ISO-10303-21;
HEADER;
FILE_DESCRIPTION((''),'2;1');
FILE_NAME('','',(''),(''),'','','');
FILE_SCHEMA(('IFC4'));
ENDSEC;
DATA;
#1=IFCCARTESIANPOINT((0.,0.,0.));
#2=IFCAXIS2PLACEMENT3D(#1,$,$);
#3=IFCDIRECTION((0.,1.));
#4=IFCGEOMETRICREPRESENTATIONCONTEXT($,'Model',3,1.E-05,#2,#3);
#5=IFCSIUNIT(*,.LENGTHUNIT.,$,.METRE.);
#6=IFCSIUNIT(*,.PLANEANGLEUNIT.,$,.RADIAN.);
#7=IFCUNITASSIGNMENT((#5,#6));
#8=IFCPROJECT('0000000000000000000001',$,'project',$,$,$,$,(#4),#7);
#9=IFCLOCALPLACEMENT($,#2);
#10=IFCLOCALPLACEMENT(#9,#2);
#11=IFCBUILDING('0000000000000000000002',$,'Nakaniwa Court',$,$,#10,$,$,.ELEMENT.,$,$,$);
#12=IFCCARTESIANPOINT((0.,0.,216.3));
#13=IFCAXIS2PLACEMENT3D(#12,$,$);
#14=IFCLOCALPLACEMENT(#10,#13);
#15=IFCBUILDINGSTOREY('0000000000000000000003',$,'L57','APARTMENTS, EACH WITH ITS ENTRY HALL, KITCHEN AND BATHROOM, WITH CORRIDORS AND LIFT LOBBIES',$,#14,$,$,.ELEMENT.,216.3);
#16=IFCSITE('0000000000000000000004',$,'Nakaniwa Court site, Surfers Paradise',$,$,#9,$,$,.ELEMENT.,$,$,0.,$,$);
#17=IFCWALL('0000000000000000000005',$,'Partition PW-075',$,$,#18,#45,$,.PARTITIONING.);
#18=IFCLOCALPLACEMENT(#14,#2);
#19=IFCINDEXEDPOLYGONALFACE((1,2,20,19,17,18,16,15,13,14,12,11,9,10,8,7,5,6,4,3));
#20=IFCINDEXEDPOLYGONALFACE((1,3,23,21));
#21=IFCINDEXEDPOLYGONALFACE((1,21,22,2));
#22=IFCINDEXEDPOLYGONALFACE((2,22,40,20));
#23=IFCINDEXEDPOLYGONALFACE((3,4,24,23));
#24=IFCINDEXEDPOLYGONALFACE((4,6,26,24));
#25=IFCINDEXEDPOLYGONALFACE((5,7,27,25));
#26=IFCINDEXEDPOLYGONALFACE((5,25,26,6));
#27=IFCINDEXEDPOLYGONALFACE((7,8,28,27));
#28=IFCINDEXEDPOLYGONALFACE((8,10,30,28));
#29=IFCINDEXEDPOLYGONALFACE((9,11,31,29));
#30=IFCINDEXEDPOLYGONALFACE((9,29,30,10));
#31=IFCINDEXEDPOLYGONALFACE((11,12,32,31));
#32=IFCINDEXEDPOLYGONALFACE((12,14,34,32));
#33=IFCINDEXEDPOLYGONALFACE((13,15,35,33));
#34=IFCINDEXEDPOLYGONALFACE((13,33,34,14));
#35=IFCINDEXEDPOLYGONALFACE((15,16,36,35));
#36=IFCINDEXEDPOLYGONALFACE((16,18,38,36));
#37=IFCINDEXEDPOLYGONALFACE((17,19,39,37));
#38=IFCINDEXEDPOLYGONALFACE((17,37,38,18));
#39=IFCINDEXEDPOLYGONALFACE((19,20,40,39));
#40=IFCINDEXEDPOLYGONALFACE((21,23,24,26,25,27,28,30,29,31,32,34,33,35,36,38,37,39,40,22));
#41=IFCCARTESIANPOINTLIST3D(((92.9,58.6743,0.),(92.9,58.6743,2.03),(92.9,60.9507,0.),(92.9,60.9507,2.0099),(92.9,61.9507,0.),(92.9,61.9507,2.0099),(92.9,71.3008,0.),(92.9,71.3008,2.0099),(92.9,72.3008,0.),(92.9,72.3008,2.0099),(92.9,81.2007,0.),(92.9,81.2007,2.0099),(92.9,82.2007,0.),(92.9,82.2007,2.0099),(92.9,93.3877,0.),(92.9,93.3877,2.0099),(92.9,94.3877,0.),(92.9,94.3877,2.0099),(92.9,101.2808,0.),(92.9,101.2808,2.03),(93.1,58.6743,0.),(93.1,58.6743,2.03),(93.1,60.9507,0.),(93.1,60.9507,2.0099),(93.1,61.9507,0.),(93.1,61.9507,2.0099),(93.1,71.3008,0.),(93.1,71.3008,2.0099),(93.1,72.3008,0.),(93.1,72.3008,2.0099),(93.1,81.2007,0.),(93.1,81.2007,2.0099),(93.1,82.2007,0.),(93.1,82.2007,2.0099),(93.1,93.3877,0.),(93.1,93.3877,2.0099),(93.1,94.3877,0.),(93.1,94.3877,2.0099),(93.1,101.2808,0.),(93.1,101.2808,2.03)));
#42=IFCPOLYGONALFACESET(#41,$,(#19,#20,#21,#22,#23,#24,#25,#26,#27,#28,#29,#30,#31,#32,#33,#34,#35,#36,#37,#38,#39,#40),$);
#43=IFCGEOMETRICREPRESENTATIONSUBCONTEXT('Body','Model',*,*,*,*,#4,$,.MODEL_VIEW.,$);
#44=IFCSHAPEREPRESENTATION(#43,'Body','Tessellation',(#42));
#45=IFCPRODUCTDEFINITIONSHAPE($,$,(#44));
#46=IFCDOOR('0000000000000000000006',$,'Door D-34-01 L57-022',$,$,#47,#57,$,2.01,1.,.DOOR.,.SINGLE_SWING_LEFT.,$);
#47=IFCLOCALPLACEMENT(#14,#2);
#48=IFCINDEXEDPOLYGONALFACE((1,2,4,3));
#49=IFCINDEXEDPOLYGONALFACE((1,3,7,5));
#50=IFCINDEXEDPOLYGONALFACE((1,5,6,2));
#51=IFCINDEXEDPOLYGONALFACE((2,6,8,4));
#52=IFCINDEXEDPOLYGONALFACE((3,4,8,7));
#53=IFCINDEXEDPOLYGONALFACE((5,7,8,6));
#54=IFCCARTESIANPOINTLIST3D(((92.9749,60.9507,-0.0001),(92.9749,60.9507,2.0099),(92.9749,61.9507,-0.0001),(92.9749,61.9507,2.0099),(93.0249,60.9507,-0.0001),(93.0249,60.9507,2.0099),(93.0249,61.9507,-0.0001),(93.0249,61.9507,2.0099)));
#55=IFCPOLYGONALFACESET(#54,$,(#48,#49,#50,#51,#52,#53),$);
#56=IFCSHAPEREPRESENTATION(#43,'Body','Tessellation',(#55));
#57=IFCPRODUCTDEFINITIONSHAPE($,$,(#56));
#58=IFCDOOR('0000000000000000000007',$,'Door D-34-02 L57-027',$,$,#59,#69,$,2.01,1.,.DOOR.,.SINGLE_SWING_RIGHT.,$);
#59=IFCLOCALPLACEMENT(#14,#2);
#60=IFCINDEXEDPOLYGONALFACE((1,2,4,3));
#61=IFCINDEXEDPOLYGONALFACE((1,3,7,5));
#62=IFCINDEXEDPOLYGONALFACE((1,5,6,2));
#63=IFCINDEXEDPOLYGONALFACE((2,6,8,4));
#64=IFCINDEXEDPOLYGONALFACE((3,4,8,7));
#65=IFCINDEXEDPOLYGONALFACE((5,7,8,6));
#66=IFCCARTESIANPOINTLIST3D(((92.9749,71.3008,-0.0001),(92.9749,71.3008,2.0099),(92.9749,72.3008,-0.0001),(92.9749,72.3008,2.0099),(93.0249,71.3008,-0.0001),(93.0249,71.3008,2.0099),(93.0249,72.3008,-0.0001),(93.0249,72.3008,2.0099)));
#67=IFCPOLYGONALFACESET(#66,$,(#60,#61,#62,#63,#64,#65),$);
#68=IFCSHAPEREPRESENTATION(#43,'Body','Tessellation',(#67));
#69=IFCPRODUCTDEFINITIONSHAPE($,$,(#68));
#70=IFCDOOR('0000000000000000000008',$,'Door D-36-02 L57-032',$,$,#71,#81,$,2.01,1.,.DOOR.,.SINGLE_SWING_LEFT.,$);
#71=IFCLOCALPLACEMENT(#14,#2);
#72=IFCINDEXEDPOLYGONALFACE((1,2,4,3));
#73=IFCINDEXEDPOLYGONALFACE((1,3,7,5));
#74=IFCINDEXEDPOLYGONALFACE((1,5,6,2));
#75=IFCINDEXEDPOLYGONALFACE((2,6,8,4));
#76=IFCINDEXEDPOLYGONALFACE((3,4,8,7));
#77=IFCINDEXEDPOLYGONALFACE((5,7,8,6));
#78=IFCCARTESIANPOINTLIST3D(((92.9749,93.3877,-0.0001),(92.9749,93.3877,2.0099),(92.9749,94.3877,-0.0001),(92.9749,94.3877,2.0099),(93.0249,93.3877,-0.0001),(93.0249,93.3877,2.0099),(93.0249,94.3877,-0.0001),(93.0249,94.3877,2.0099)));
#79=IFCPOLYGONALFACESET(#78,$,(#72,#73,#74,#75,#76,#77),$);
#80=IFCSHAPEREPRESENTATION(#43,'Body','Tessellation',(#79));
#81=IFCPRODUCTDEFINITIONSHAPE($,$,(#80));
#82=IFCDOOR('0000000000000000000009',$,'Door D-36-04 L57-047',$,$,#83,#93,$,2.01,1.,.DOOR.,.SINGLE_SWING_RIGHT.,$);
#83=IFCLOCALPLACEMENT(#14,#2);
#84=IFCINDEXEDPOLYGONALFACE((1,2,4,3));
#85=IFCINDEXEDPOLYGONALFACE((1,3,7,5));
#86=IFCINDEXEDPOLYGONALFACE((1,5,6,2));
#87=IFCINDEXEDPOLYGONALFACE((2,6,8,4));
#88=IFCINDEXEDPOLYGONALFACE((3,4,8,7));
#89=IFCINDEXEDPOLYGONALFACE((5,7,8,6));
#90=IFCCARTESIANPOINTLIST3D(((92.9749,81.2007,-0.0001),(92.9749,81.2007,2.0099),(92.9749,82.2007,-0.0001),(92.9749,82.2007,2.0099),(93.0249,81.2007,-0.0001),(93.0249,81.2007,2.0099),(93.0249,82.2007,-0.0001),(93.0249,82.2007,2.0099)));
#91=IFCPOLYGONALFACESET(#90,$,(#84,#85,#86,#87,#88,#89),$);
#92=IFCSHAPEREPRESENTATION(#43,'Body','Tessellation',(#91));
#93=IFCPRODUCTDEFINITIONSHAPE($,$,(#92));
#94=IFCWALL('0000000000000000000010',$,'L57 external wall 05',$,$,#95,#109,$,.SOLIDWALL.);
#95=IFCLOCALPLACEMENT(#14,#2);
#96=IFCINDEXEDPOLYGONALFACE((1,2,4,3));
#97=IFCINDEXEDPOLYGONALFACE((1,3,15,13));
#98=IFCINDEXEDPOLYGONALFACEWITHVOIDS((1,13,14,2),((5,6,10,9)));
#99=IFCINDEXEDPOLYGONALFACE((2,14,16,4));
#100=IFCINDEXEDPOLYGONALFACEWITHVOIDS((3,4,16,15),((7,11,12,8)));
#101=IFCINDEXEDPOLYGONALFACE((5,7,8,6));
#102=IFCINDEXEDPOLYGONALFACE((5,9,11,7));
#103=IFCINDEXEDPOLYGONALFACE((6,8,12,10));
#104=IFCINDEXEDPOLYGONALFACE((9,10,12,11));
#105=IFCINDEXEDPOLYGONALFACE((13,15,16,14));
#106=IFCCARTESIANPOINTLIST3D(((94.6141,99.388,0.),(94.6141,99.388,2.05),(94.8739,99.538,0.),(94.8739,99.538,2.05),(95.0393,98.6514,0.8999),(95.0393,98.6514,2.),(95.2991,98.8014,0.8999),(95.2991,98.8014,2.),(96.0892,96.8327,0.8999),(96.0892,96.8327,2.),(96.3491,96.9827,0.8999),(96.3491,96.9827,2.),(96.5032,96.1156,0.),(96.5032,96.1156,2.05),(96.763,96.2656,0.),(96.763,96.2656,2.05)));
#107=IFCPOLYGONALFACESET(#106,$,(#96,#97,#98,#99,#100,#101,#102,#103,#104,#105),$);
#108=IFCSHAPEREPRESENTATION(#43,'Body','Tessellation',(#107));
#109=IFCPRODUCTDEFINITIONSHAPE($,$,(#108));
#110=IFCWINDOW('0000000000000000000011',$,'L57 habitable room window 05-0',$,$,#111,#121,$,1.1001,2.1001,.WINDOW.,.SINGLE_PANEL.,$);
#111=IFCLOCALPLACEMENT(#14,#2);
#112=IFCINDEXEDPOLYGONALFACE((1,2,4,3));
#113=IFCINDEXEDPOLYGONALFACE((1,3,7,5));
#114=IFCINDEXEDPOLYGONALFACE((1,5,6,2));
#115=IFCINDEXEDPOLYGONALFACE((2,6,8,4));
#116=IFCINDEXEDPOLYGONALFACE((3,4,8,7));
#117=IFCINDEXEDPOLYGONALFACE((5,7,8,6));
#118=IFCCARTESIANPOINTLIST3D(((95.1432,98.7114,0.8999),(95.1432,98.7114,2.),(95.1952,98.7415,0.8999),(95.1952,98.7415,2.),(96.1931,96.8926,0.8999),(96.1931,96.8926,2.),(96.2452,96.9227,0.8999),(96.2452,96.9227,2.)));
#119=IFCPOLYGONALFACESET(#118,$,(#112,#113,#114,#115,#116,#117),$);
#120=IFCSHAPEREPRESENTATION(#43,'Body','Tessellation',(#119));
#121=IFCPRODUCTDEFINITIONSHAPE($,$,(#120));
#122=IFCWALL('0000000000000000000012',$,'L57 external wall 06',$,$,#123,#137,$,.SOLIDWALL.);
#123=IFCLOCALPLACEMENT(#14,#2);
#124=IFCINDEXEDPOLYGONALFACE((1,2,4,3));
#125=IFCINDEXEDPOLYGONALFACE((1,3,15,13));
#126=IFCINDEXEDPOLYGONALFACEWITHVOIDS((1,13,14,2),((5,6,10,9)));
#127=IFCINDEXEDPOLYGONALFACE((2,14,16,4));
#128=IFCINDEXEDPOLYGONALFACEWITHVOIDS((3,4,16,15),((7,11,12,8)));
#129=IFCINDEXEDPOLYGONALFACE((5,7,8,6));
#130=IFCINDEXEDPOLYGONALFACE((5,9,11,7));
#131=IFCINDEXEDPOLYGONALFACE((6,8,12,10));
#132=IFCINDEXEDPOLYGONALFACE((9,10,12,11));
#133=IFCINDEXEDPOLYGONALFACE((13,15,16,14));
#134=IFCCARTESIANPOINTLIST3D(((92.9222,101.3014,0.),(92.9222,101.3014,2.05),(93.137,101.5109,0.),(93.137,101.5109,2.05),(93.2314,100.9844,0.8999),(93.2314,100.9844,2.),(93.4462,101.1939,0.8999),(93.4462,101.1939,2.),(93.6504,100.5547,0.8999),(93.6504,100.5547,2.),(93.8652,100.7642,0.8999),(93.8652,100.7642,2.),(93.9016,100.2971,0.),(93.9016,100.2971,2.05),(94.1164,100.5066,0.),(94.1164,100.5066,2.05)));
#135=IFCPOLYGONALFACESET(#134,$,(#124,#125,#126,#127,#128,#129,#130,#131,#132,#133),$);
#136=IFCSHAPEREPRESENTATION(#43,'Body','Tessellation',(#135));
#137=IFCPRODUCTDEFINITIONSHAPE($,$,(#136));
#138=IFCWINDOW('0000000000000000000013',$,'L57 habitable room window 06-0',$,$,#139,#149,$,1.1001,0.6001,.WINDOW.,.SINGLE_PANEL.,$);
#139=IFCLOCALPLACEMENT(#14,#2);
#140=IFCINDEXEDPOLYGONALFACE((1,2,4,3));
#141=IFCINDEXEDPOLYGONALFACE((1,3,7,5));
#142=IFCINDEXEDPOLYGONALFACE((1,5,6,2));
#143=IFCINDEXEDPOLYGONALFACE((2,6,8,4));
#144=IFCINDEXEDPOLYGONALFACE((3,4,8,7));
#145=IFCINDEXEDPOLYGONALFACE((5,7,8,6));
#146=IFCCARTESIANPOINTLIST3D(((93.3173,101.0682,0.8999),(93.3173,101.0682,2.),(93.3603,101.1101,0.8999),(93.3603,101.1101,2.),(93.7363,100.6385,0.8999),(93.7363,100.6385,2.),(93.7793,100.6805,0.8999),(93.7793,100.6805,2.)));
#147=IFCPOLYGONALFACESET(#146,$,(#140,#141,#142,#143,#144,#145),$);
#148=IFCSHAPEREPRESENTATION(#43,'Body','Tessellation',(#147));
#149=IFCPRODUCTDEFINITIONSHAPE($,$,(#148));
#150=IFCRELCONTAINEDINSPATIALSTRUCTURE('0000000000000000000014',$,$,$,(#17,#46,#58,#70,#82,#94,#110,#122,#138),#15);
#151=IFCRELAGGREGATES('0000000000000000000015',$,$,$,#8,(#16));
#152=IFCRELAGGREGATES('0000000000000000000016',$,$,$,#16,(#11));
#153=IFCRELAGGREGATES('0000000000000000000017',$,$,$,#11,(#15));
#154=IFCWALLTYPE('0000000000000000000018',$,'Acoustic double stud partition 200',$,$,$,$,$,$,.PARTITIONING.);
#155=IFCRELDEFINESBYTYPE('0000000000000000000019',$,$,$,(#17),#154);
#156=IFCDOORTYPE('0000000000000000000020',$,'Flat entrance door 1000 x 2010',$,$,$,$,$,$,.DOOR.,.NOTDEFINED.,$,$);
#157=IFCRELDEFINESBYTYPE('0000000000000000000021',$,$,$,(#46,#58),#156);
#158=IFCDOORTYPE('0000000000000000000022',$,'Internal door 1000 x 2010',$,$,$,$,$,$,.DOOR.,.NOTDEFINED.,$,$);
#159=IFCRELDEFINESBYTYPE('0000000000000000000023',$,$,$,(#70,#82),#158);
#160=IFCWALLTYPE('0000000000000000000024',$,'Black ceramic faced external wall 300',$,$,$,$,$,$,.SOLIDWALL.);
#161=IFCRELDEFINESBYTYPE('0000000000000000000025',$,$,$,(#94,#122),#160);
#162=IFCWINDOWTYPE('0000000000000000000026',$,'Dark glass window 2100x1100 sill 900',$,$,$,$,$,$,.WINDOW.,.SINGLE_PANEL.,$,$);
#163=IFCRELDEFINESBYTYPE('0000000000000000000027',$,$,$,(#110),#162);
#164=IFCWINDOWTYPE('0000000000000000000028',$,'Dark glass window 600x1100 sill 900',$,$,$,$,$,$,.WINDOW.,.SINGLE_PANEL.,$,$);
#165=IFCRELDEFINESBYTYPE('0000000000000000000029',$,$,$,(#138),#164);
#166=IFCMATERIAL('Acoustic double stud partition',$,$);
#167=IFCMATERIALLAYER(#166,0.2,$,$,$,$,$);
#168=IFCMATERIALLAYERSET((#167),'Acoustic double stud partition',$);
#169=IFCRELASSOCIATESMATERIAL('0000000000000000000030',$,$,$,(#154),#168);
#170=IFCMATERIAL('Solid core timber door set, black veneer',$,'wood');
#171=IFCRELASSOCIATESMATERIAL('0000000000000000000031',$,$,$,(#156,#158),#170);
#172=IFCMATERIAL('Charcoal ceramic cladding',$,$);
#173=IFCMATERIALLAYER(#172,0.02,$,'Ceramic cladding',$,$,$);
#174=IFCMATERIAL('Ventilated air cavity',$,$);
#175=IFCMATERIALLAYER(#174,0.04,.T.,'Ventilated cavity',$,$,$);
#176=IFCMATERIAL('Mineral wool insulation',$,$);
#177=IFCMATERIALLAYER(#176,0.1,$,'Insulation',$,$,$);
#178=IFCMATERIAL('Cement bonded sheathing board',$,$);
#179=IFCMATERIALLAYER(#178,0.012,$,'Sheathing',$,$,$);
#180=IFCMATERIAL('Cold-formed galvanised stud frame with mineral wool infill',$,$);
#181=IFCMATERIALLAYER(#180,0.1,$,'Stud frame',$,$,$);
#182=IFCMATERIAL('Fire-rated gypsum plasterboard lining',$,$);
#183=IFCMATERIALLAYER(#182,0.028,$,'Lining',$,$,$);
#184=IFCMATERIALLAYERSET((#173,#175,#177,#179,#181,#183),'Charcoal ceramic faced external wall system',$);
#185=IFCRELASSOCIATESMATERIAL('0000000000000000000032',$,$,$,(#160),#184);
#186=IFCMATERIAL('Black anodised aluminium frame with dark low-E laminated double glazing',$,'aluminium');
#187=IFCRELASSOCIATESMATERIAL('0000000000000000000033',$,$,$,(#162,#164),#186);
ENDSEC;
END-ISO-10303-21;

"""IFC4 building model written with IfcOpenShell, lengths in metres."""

from ifc_helpers import new_model, si_unit, direction, frame, frame_2d, origin, place, context, subcontext, project, spatial, rectangle, extrude, material, layer, layer_set, type_object, element, fill, save


model = new_model("IFC4")

# Units and contexts
model_context = context("Model", 3, precision=1e-05, world=origin(), true_north=direction((0.0, 1.0)))
body_context = subcontext(model_context, "Body", "Model", "MODEL_VIEW")
ifc_project = project(units=[si_unit("LENGTHUNIT", "METRE"), si_unit("PLANEANGLEUNIT", "RADIAN")], contexts=[model_context])

# Site, building, storey
site_placement = place(None, origin())
site = spatial("IfcSite", under=ifc_project, at=site_placement, Name="Nakaniwa Court site, Surfers Paradise", CompositionType="ELEMENT", RefElevation=0.0)
building_placement = place(site_placement, origin())
building = spatial("IfcBuilding", under=site, at=building_placement, Name="Nakaniwa Court", CompositionType="ELEMENT")
storey_placement = place(building_placement, frame((0.0, 0.0, 216.3)))
storey = spatial("IfcBuildingStorey", under=building, at=storey_placement, Name="L57", Description="APARTMENTS, EACH WITH ITS ENTRY HALL, KITCHEN AND BATHROOM, WITH CORRIDORS AND LIFT LOBBIES", CompositionType="ELEMENT", Elevation=216.3)

# Wall, openings, doors
ifc_material_1 = material(Name="Acoustic double stud partition")
ifc_layer_1 = layer(ifc_material_1, 0.2)
ifc_layer_set_1 = layer_set([ifc_layer_1], Name="Acoustic double stud partition")
wall_type_1 = type_object("IfcWallType", Name="Acoustic double stud partition 200", PredefinedType="PARTITIONING", material=ifc_layer_set_1)
wall_1_placement = place(storey_placement, frame((93.0, 101.2808, 0.0), z_axis=(0.0, 0.0, 1.0), x_axis=(0.0, -1.0, 0.0)))
wall_1 = element("IfcWall", 1, at=wall_1_placement, inside=storey, type_object=wall_type_1, Name="Partition PW-075", PredefinedType="PARTITIONING", context=body_context, shape_type="SweptSolid", body=[
    extrude(rectangle(XDim=42.6064, YDim=0.2, at=frame_2d((21.3032, 0.0))), origin(), (0.0, 0.0, 1.0), 2.03),
])
opening_1_placement = place(wall_1_placement, frame((39.3301, 0.0, 0.0)))
opening_1 = element("IfcOpeningElement", 2, at=opening_1_placement, cuts=wall_1, PredefinedType="OPENING", context=body_context, shape_type="SweptSolid", body=[
    extrude(rectangle(XDim=1.0, YDim=2.01, at=frame_2d((0.5, 1.0049))), frame((0.0, 0.1099, 0.0), z_axis=(0.0, -1.0, 0.0), x_axis=(1.0, 0.0, 0.0)), (0.0, 0.0, 1.0), 0.22),
])
opening_2_placement = place(wall_1_placement, frame((28.98, 0.0, 0.0)))
opening_2 = element("IfcOpeningElement", 3, at=opening_2_placement, cuts=wall_1, PredefinedType="OPENING", context=body_context, shape_type="SweptSolid", body=[
    extrude(rectangle(XDim=1.0, YDim=2.01, at=frame_2d((0.5, 1.0049))), frame((0.0, 0.1099, 0.0), z_axis=(0.0, -1.0, 0.0), x_axis=(1.0, 0.0, 0.0)), (0.0, 0.0, 1.0), 0.22),
])
opening_3_placement = place(wall_1_placement, frame((6.8931, 0.0, 0.0)))
opening_3 = element("IfcOpeningElement", 4, at=opening_3_placement, cuts=wall_1, PredefinedType="OPENING", context=body_context, shape_type="SweptSolid", body=[
    extrude(rectangle(XDim=1.0, YDim=2.01, at=frame_2d((0.5, 1.0049))), frame((0.0, 0.1099, 0.0), z_axis=(0.0, -1.0, 0.0), x_axis=(1.0, 0.0, 0.0)), (0.0, 0.0, 1.0), 0.22),
])
opening_4_placement = place(wall_1_placement, frame((19.0801, 0.0, 0.0)))
opening_4 = element("IfcOpeningElement", 5, at=opening_4_placement, cuts=wall_1, PredefinedType="OPENING", context=body_context, shape_type="SweptSolid", body=[
    extrude(rectangle(XDim=1.0, YDim=2.01, at=frame_2d((0.5, 1.0049))), frame((0.0, 0.1099, 0.0), z_axis=(0.0, -1.0, 0.0), x_axis=(1.0, 0.0, 0.0)), (0.0, 0.0, 1.0), 0.22),
])
ifc_material_2 = material(Name="Solid core timber door set, black veneer", Category="wood")
door_type_1 = type_object("IfcDoorType", Name="Flat entrance door 1000 x 2010", OperationType="NOTDEFINED", PredefinedType="DOOR", material=ifc_material_2)
door_1_placement = place(opening_1_placement, origin())
door_1 = element("IfcDoor", 6, at=door_1_placement, inside=storey, type_object=door_type_1, Name="Door D-34-01 L57-022", OperationType="SINGLE_SWING_LEFT", OverallHeight=2.01, OverallWidth=1.0, PredefinedType="DOOR", context=body_context, shape_type="SweptSolid", body=[
    extrude(rectangle(XDim=1.0, YDim=2.01, at=frame_2d((0.5, 1.0049))), frame((0.0, 0.0249, 0.0), z_axis=(0.0, -1.0, 0.0), x_axis=(1.0, 0.0, 0.0)), (0.0, 0.0, 1.0), 0.05),
])
fill(opening_1, door_1)
door_2_placement = place(opening_2_placement, origin())
door_2 = element("IfcDoor", 7, at=door_2_placement, inside=storey, type_object=door_type_1, Name="Door D-34-02 L57-027", OperationType="SINGLE_SWING_RIGHT", OverallHeight=2.01, OverallWidth=1.0, PredefinedType="DOOR", context=body_context, shape_type="SweptSolid", body=[
    extrude(rectangle(XDim=1.0, YDim=2.01, at=frame_2d((0.5, 1.0049))), frame((0.0, 0.0249, 0.0), z_axis=(0.0, -1.0, 0.0), x_axis=(1.0, 0.0, 0.0)), (0.0, 0.0, 1.0), 0.05),
])
fill(opening_2, door_2)
door_type_2 = type_object("IfcDoorType", Name="Internal door 1000 x 2010", OperationType="NOTDEFINED", PredefinedType="DOOR", material=ifc_material_2)
door_3_placement = place(opening_3_placement, origin())
door_3 = element("IfcDoor", 8, at=door_3_placement, inside=storey, type_object=door_type_2, Name="Door D-36-02 L57-032", OperationType="SINGLE_SWING_LEFT", OverallHeight=2.01, OverallWidth=1.0, PredefinedType="DOOR", context=body_context, shape_type="SweptSolid", body=[
    extrude(rectangle(XDim=1.0, YDim=2.01, at=frame_2d((0.5, 1.0049))), frame((0.0, 0.0249, 0.0), z_axis=(0.0, -1.0, 0.0), x_axis=(1.0, 0.0, 0.0)), (0.0, 0.0, 1.0), 0.05),
])
fill(opening_3, door_3)
door_4_placement = place(opening_4_placement, origin())
door_4 = element("IfcDoor", 9, at=door_4_placement, inside=storey, type_object=door_type_2, Name="Door D-36-04 L57-047", OperationType="SINGLE_SWING_RIGHT", OverallHeight=2.01, OverallWidth=1.0, PredefinedType="DOOR", context=body_context, shape_type="SweptSolid", body=[
    extrude(rectangle(XDim=1.0, YDim=2.01, at=frame_2d((0.5, 1.0049))), frame((0.0, 0.0249, 0.0), z_axis=(0.0, -1.0, 0.0), x_axis=(1.0, 0.0, 0.0)), (0.0, 0.0, 1.0), 0.05),
])
fill(opening_4, door_4)

# Walls, openings, windows
ifc_material_3 = material(Name="Charcoal ceramic cladding")
ifc_layer_2 = layer(ifc_material_3, 0.02, Name="Ceramic cladding")
ifc_material_4 = material(Name="Ventilated air cavity")
ifc_layer_3 = layer(ifc_material_4, 0.04, ventilated=True, Name="Ventilated cavity")
ifc_material_5 = material(Name="Mineral wool insulation")
ifc_layer_4 = layer(ifc_material_5, 0.1, Name="Insulation")
ifc_material_6 = material(Name="Cement bonded sheathing board")
ifc_layer_5 = layer(ifc_material_6, 0.012, Name="Sheathing")
ifc_material_7 = material(Name="Cold-formed galvanised stud frame with mineral wool infill")
ifc_layer_6 = layer(ifc_material_7, 0.1, Name="Stud frame")
ifc_material_8 = material(Name="Fire-rated gypsum plasterboard lining")
ifc_layer_7 = layer(ifc_material_8, 0.028, Name="Lining")
ifc_layer_set_2 = layer_set([ifc_layer_2, ifc_layer_3, ifc_layer_4, ifc_layer_5, ifc_layer_6, ifc_layer_7], Name="Charcoal ceramic faced external wall system")
wall_type_2 = type_object("IfcWallType", Name="Black ceramic faced external wall 300", PredefinedType="SOLIDWALL", material=ifc_layer_set_2)
wall_2_placement = place(storey_placement, frame((96.6331, 96.1907, 0.0), z_axis=(0.0, 0.0, 1.0), x_axis=(-0.499961, 0.866048, 0.0)))
wall_2 = element("IfcWall", 10, at=wall_2_placement, inside=storey, type_object=wall_type_2, Name="L57 external wall 05", PredefinedType="SOLIDWALL", context=body_context, shape_type="SweptSolid", body=[
    extrude(rectangle(XDim=3.7786, YDim=0.3, at=frame_2d((1.8892, 0.0))), origin(), (0.0, 0.0, 1.0), 2.05),
])
opening_5_placement = place(wall_2_placement, frame((0.8279, 0.0, 0.8999)))
opening_5 = element("IfcOpeningElement", 11, at=opening_5_placement, cuts=wall_2, PredefinedType="OPENING", context=body_context, shape_type="SweptSolid", body=[
    extrude(rectangle(XDim=2.1001, YDim=1.1001, at=frame_2d((1.05, 0.55))), frame((0.0, 0.1599, 0.0), z_axis=(0.0, -1.0, 0.0), x_axis=(1.0, 0.0, 0.0)), (0.0, 0.0, 1.0), 0.3201),
])
ifc_material_9 = material(Name="Black anodised aluminium frame with dark low-E laminated double glazing", Category="aluminium")
window_type_1 = type_object("IfcWindowType", Name="Dark glass window 2100x1100 sill 900", PartitioningType="SINGLE_PANEL", PredefinedType="WINDOW", material=ifc_material_9)
window_1_placement = place(opening_5_placement, origin())
window_1 = element("IfcWindow", 12, at=window_1_placement, inside=storey, type_object=window_type_1, Name="L57 habitable room window 05-0", OverallHeight=1.1001, OverallWidth=2.1001, PartitioningType="SINGLE_PANEL", PredefinedType="WINDOW", context=body_context, shape_type="SweptSolid", body=[
    extrude(rectangle(XDim=2.1001, YDim=1.1001, at=frame_2d((1.05, 0.55))), frame((0.0, 0.03, 0.0), z_axis=(0.0, -1.0, 0.0), x_axis=(1.0, 0.0, 0.0)), (0.0, 0.0, 1.0), 0.0601),
])
fill(opening_5, window_1)
wall_3_placement = place(storey_placement, frame((94.009, 100.4019, 0.0), z_axis=(0.0, 0.0, 1.0), x_axis=(-0.698176, 0.715926, 0.0)))
wall_3 = element("IfcWall", 13, at=wall_3_placement, inside=storey, type_object=wall_type_2, Name="L57 external wall 06", PredefinedType="SOLIDWALL", context=body_context, shape_type="SweptSolid", body=[
    extrude(rectangle(XDim=1.4028, YDim=0.3, at=frame_2d((0.7014, 0.0))), origin(), (0.0, 0.0, 1.0), 2.05),
])
opening_6_placement = place(wall_3_placement, frame((0.3599, 0.0, 0.8999)))
opening_6 = element("IfcOpeningElement", 14, at=opening_6_placement, cuts=wall_3, PredefinedType="OPENING", context=body_context, shape_type="SweptSolid", body=[
    extrude(rectangle(XDim=0.6001, YDim=1.1001, at=frame_2d((0.3, 0.55))), frame((0.0, 0.1599, 0.0), z_axis=(0.0, -1.0, 0.0), x_axis=(1.0, 0.0, 0.0)), (0.0, 0.0, 1.0), 0.3201),
])
window_type_2 = type_object("IfcWindowType", Name="Dark glass window 600x1100 sill 900", PartitioningType="SINGLE_PANEL", PredefinedType="WINDOW", material=ifc_material_9)
window_2_placement = place(opening_6_placement, origin())
window_2 = element("IfcWindow", 15, at=window_2_placement, inside=storey, type_object=window_type_2, Name="L57 habitable room window 06-0", OverallHeight=1.1001, OverallWidth=0.6001, PartitioningType="SINGLE_PANEL", PredefinedType="WINDOW", context=body_context, shape_type="SweptSolid", body=[
    extrude(rectangle(XDim=0.6001, YDim=1.1001, at=frame_2d((0.3, 0.55))), frame((0.0, 0.03, 0.0), z_axis=(0.0, -1.0, 0.0), x_axis=(1.0, 0.0, 0.0)), (0.0, 0.0, 1.0), 0.0601),
])
fill(opening_6, window_2)

save(model, "model.ifc")
